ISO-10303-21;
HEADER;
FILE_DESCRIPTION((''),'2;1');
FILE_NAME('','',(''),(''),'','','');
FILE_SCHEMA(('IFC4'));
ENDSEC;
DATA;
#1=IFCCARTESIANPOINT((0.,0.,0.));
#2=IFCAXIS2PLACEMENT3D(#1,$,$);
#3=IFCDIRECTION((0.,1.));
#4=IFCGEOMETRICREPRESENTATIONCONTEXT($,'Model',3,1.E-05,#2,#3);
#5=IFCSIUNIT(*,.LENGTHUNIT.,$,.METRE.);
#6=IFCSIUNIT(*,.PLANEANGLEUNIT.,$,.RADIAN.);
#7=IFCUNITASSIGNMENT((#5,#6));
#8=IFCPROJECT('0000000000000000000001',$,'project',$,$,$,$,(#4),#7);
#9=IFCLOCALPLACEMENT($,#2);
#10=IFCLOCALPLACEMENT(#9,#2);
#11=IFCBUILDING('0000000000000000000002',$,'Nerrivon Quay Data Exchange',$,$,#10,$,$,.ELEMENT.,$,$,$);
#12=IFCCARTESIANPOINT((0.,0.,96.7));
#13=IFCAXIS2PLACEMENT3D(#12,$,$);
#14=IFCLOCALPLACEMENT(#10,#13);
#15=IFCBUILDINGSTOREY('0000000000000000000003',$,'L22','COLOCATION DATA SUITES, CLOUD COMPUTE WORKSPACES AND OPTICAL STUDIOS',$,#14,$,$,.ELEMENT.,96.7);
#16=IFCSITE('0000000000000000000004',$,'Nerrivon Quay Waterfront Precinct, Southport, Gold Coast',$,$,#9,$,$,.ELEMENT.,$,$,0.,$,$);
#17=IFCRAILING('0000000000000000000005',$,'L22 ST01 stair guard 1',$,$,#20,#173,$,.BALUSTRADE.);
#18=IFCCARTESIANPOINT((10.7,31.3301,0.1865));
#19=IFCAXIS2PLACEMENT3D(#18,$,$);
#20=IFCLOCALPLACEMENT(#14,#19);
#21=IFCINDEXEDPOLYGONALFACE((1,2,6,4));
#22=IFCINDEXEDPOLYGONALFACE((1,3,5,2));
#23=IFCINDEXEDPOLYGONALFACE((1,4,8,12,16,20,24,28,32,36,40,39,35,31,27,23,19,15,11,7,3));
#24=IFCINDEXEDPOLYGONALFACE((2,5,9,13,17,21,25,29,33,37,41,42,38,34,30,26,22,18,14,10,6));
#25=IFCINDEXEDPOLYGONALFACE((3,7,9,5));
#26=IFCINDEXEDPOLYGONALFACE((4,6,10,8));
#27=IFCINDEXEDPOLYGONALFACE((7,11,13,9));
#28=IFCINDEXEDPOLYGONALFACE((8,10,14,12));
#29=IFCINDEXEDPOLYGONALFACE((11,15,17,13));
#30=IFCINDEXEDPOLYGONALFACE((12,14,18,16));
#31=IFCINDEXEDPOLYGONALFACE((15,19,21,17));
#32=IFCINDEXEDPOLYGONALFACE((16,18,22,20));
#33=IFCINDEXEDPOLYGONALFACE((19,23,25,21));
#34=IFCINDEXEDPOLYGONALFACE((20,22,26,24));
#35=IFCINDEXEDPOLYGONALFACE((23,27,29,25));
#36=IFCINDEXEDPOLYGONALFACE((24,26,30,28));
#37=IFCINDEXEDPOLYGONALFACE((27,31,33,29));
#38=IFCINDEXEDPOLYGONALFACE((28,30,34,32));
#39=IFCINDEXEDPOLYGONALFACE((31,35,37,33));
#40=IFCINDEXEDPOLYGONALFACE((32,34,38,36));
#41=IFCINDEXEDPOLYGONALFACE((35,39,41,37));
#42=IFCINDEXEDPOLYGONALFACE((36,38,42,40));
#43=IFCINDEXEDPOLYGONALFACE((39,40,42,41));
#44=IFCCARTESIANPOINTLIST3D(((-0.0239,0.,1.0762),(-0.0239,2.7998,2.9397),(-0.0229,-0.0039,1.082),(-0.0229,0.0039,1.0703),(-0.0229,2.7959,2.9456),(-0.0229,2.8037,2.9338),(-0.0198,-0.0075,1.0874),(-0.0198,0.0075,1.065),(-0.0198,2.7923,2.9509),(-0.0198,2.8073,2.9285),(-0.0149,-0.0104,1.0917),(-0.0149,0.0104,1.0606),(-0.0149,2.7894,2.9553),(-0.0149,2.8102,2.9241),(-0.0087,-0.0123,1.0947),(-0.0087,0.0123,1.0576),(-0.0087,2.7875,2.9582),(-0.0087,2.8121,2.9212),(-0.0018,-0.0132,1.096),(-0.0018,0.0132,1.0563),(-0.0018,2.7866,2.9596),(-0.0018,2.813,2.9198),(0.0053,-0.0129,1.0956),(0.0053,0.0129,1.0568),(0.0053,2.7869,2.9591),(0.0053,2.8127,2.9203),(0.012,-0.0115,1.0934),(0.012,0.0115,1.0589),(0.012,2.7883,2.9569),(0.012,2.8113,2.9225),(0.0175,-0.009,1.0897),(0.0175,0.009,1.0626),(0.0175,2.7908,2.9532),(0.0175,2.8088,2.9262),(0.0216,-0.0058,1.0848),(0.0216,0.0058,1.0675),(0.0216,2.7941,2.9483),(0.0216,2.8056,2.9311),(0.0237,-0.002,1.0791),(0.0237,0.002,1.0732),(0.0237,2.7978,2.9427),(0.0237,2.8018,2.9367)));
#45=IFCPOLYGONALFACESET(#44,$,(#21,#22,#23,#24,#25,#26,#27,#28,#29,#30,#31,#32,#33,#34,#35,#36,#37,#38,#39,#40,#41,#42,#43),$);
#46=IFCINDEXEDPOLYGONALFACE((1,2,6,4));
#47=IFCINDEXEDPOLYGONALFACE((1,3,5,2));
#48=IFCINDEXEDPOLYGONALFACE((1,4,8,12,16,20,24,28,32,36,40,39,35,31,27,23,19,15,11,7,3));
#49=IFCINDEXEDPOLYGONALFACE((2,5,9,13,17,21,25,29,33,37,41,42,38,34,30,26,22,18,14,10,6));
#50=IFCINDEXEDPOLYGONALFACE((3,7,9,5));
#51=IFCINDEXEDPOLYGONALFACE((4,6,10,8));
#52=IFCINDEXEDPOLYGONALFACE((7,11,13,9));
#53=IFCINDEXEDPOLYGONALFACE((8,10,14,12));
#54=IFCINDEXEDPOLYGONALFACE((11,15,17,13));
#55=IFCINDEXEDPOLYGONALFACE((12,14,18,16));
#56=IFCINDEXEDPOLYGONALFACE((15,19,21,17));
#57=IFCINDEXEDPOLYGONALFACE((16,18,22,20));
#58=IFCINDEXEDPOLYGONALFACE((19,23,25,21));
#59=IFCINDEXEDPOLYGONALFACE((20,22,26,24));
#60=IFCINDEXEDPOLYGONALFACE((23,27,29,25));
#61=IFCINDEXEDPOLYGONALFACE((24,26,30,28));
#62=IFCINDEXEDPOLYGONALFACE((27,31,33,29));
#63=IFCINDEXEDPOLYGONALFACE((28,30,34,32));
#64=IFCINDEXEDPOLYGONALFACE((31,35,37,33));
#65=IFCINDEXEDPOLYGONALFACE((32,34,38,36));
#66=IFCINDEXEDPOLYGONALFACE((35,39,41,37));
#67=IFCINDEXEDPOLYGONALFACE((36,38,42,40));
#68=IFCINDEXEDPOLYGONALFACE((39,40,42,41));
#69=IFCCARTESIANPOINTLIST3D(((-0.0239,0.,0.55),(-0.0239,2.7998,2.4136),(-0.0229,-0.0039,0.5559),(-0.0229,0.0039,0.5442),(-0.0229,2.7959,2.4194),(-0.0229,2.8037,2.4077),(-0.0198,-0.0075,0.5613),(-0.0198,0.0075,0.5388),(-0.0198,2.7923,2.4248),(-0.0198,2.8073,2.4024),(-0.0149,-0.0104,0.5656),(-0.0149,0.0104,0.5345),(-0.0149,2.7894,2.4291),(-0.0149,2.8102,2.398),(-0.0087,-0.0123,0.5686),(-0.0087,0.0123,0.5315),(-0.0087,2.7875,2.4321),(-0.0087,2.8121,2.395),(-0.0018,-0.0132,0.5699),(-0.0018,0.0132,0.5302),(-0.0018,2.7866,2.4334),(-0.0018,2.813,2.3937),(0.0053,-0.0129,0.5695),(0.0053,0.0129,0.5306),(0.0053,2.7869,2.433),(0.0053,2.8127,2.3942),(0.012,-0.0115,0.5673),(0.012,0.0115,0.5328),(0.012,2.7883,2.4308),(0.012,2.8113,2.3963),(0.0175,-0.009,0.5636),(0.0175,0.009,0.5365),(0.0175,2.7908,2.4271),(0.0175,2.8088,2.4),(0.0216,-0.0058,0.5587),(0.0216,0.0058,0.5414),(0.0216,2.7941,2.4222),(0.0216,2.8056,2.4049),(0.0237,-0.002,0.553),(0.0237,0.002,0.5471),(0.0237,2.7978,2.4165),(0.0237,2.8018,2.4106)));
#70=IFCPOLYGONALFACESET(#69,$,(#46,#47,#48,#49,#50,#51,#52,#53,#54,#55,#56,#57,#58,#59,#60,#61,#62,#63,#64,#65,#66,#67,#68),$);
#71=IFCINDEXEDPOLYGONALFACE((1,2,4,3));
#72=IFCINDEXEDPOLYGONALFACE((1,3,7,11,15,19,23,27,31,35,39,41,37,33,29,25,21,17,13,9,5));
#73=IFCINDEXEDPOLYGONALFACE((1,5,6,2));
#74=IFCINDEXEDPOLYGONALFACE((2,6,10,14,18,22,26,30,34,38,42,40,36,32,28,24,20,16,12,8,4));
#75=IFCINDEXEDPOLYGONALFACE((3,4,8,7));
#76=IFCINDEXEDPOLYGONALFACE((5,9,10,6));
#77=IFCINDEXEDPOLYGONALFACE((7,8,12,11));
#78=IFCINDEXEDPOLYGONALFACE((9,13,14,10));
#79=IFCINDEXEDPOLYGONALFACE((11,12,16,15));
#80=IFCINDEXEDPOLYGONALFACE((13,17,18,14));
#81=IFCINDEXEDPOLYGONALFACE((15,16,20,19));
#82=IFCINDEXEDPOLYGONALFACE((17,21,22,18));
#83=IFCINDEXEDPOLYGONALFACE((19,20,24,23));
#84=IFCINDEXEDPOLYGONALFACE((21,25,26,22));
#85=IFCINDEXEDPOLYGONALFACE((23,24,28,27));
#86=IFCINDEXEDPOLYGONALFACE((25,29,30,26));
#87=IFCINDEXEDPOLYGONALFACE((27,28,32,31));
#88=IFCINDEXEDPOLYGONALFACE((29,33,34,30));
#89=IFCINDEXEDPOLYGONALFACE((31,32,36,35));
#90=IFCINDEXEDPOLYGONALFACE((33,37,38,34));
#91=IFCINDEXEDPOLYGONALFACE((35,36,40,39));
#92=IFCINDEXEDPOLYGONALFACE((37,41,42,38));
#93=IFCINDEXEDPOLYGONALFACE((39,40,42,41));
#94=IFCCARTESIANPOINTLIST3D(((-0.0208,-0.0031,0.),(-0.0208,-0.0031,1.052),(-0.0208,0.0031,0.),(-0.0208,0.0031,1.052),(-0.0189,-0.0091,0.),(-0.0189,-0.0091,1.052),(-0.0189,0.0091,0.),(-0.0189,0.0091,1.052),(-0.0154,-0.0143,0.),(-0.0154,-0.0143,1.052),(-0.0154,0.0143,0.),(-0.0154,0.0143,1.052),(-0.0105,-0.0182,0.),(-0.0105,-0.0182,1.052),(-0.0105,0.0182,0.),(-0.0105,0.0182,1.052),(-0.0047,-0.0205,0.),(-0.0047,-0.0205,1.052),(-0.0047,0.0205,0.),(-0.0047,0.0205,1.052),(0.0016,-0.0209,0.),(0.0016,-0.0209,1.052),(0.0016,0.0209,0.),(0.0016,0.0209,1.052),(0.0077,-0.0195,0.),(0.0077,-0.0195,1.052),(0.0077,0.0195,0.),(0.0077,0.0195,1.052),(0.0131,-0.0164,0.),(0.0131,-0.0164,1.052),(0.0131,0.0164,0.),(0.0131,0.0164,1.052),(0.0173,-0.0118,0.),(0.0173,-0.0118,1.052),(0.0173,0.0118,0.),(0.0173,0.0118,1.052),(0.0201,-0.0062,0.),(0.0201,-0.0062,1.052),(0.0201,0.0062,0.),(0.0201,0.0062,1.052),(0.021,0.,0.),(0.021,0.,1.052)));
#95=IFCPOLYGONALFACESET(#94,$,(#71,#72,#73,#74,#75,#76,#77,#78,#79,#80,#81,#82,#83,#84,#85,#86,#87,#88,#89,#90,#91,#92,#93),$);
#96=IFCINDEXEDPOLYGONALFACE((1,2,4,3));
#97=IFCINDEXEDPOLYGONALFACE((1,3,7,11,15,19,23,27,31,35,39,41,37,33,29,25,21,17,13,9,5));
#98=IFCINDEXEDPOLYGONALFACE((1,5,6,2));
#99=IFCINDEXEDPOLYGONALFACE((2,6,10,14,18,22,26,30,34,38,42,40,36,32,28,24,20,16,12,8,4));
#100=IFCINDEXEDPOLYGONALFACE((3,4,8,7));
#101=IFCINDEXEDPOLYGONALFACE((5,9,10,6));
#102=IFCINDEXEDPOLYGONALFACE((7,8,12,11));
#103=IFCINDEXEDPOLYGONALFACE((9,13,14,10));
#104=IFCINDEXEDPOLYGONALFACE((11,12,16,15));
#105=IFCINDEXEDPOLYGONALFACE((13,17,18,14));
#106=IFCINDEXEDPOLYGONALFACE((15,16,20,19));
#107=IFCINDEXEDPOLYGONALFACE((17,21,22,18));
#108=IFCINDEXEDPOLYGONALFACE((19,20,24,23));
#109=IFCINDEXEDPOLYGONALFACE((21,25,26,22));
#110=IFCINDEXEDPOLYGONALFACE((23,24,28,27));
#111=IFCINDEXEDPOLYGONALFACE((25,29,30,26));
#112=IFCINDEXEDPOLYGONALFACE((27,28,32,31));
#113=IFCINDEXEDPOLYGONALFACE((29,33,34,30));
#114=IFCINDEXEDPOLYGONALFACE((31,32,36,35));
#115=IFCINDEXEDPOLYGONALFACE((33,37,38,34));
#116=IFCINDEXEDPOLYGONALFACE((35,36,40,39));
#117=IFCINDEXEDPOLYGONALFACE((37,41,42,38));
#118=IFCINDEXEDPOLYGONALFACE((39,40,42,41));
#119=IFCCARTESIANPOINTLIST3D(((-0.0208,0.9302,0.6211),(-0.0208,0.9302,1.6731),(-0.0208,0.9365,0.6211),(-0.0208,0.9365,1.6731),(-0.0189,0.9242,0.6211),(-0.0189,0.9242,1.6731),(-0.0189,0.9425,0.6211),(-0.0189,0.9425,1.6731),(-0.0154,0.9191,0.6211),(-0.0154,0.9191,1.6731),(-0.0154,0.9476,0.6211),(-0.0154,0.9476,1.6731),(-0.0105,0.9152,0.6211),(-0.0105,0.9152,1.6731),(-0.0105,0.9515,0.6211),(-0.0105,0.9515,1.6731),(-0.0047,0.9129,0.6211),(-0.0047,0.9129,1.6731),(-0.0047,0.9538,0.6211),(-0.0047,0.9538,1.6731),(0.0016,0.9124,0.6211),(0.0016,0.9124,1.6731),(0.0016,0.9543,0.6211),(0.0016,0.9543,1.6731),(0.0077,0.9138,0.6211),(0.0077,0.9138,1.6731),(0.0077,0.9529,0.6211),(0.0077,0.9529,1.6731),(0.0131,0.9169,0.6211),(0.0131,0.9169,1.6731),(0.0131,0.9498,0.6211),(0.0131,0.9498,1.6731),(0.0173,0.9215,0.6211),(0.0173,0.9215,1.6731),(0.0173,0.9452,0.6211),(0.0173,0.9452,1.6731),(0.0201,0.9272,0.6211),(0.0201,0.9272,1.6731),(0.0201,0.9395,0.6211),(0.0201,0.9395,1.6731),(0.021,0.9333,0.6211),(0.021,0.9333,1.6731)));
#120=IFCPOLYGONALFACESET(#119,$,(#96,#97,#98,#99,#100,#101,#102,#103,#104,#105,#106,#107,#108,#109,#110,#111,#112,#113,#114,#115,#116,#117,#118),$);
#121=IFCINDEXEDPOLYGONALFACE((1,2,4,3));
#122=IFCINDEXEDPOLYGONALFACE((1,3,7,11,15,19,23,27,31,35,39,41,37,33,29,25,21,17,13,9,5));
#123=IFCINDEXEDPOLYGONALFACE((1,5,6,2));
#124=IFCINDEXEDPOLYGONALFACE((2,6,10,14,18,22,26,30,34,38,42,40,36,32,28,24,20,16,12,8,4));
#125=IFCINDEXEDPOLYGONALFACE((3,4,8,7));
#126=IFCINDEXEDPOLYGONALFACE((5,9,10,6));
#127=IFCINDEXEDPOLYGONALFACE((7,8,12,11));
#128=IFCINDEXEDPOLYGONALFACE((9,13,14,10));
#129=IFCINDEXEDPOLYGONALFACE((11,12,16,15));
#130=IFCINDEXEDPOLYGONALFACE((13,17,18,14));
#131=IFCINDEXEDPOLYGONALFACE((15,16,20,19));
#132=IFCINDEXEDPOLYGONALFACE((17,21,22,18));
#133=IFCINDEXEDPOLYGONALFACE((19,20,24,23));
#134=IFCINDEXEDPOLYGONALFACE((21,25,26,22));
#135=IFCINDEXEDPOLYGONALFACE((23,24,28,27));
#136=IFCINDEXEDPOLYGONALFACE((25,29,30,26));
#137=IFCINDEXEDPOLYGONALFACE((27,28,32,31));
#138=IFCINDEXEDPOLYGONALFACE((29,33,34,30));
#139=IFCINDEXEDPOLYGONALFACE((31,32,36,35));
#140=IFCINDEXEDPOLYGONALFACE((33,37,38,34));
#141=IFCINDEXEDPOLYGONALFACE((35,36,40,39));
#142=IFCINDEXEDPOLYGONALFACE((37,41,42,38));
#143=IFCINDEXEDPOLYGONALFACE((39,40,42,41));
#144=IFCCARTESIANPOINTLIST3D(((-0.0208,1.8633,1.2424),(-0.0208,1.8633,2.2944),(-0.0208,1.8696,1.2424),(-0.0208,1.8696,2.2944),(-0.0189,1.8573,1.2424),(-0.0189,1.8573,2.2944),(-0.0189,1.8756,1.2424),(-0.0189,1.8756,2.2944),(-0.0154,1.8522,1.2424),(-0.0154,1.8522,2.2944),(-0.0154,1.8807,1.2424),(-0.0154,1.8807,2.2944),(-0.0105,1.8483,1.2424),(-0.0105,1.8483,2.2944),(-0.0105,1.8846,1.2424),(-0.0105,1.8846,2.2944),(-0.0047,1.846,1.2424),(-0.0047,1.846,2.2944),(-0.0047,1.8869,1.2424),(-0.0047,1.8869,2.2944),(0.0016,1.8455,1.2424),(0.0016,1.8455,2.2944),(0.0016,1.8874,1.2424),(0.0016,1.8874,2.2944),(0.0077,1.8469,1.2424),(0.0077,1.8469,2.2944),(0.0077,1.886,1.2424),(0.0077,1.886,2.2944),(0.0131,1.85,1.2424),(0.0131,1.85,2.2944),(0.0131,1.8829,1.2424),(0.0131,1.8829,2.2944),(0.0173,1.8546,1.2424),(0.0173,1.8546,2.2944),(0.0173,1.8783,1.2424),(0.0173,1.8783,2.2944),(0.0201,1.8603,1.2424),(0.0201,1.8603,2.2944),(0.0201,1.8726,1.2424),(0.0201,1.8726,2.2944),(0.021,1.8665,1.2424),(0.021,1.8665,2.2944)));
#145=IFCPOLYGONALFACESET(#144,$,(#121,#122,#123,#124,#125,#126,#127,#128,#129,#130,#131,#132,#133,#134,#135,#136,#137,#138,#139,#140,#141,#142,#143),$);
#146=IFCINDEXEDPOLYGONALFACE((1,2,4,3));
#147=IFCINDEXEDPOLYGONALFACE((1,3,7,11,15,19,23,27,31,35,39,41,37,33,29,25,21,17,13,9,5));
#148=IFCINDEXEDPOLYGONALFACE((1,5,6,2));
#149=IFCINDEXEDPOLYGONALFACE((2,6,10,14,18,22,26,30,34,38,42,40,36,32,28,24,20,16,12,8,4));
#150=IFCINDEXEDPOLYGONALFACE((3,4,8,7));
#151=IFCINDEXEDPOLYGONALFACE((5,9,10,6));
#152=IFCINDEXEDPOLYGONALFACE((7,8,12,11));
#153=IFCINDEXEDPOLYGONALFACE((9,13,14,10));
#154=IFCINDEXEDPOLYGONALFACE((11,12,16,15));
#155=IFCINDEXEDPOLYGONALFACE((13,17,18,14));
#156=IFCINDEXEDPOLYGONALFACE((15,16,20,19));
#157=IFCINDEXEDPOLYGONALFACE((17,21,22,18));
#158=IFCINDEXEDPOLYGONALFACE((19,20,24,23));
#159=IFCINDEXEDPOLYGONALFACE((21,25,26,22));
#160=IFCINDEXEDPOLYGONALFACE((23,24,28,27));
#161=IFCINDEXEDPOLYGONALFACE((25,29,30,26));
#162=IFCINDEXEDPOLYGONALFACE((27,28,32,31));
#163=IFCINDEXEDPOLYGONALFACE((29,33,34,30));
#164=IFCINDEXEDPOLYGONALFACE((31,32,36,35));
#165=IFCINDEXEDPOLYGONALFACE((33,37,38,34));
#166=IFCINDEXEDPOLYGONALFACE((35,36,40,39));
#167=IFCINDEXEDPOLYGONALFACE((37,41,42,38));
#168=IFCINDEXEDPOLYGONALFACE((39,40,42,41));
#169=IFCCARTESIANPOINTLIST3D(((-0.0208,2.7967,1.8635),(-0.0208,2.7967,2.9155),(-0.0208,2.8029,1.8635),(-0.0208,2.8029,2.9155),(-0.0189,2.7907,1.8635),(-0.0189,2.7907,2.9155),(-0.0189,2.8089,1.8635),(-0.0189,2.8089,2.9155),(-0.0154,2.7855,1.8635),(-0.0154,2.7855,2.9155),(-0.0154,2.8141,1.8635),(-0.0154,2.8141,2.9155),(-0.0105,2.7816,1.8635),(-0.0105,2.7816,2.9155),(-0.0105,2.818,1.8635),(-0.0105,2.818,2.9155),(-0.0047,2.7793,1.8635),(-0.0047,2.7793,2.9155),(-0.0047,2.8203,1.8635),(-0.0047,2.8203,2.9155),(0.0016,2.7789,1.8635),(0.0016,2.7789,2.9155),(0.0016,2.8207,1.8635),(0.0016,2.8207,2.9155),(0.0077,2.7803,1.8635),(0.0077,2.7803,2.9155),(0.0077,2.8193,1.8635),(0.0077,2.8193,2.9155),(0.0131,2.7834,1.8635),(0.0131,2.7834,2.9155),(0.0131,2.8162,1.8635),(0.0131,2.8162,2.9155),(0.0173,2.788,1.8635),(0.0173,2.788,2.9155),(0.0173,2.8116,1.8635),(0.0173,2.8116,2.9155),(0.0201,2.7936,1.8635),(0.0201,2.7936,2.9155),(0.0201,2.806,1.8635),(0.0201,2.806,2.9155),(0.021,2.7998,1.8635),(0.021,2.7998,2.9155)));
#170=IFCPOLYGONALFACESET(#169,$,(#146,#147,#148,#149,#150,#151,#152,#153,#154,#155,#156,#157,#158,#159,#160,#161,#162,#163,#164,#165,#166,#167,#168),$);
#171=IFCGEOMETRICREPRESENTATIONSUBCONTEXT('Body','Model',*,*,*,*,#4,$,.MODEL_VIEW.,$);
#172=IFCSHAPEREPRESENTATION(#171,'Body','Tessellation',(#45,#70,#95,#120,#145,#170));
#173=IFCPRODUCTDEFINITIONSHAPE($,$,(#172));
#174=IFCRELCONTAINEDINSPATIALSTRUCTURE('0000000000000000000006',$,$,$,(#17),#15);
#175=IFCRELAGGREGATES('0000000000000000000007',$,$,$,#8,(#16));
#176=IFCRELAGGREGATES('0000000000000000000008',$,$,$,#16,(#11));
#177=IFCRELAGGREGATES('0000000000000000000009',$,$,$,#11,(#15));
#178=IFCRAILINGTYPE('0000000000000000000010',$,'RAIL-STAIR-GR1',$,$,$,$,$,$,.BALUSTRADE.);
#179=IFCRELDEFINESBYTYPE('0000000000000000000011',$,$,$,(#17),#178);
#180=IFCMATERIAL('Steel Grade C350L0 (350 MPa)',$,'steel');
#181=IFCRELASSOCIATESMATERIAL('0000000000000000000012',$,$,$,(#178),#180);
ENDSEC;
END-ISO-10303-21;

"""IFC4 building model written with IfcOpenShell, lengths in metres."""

from ifc_helpers import new_model, si_unit, direction, frame, origin, origin_2d, place, context, subcontext, project, spatial, circle, extrude, material, type_object, element, save


model = new_model("IFC4")

# Units and contexts
model_context = context("Model", 3, precision=1e-05, world=origin(), true_north=direction((0.0, 1.0)))
body_context = subcontext(model_context, "Body", "Model", "MODEL_VIEW")
ifc_project = project(units=[si_unit("LENGTHUNIT", "METRE"), si_unit("PLANEANGLEUNIT", "RADIAN")], contexts=[model_context])

# Site, building, storey
site_placement = place(None, origin())
site = spatial("IfcSite", under=ifc_project, at=site_placement, Name="Nerrivon Quay Waterfront Precinct, Southport, Gold Coast", CompositionType="ELEMENT", RefElevation=0.0)
building_placement = place(site_placement, origin())
building = spatial("IfcBuilding", under=site, at=building_placement, Name="Nerrivon Quay Data Exchange", CompositionType="ELEMENT")
storey_placement = place(building_placement, frame((0.0, 0.0, 96.7)))
storey = spatial("IfcBuildingStorey", under=building, at=storey_placement, Name="L22", Description="COLOCATION DATA SUITES, CLOUD COMPUTE WORKSPACES AND OPTICAL STUDIOS", CompositionType="ELEMENT", Elevation=96.7)

# Railing
ifc_material_1 = material(Name="Steel Grade C350L0 (350 MPa)", Category="steel")
railing_type_1 = type_object("IfcRailingType", Name="RAIL-STAIR-GR1", PredefinedType="BALUSTRADE", material=ifc_material_1)
railing_1_placement = place(storey_placement, frame((10.7, 31.3301, 0.1865)))
element("IfcRailing", 1, at=railing_1_placement, inside=storey, type_object=railing_type_1, Name="L22 ST01 stair guard 1", PredefinedType="BALUSTRADE", context=body_context, shape_type="SweptSolid", body=[
    extrude(circle(Radius=0.0239, at=origin_2d()), frame((0.0, 0.0, 1.0762), z_axis=(0.0, 0.832463, 0.55408), x_axis=(-1.0, 0.0, 0.0)), (0.0, 0.0, 1.0), 3.3633),
    extrude(circle(Radius=0.0239, at=origin_2d()), frame((0.0, 0.0, 0.55), z_axis=(0.0, 0.832463, 0.55408), x_axis=(-1.0, 0.0, 0.0)), (0.0, 0.0, 1.0), 3.3633),
    extrude(circle(Radius=0.021, at=origin_2d()), origin(), (0.0, 0.0, 1.0), 1.052),
    extrude(circle(Radius=0.021, at=origin_2d()), frame((0.0, 0.9333, 0.6211)), (0.0, 0.0, 1.0), 1.052),
    extrude(circle(Radius=0.021, at=origin_2d()), frame((0.0, 1.8665, 1.2424)), (0.0, 0.0, 1.0), 1.052),
    extrude(circle(Radius=0.021, at=origin_2d()), frame((0.0, 2.7998, 1.8635)), (0.0, 0.0, 1.0), 1.052),
])

save(model, "model.ifc")
